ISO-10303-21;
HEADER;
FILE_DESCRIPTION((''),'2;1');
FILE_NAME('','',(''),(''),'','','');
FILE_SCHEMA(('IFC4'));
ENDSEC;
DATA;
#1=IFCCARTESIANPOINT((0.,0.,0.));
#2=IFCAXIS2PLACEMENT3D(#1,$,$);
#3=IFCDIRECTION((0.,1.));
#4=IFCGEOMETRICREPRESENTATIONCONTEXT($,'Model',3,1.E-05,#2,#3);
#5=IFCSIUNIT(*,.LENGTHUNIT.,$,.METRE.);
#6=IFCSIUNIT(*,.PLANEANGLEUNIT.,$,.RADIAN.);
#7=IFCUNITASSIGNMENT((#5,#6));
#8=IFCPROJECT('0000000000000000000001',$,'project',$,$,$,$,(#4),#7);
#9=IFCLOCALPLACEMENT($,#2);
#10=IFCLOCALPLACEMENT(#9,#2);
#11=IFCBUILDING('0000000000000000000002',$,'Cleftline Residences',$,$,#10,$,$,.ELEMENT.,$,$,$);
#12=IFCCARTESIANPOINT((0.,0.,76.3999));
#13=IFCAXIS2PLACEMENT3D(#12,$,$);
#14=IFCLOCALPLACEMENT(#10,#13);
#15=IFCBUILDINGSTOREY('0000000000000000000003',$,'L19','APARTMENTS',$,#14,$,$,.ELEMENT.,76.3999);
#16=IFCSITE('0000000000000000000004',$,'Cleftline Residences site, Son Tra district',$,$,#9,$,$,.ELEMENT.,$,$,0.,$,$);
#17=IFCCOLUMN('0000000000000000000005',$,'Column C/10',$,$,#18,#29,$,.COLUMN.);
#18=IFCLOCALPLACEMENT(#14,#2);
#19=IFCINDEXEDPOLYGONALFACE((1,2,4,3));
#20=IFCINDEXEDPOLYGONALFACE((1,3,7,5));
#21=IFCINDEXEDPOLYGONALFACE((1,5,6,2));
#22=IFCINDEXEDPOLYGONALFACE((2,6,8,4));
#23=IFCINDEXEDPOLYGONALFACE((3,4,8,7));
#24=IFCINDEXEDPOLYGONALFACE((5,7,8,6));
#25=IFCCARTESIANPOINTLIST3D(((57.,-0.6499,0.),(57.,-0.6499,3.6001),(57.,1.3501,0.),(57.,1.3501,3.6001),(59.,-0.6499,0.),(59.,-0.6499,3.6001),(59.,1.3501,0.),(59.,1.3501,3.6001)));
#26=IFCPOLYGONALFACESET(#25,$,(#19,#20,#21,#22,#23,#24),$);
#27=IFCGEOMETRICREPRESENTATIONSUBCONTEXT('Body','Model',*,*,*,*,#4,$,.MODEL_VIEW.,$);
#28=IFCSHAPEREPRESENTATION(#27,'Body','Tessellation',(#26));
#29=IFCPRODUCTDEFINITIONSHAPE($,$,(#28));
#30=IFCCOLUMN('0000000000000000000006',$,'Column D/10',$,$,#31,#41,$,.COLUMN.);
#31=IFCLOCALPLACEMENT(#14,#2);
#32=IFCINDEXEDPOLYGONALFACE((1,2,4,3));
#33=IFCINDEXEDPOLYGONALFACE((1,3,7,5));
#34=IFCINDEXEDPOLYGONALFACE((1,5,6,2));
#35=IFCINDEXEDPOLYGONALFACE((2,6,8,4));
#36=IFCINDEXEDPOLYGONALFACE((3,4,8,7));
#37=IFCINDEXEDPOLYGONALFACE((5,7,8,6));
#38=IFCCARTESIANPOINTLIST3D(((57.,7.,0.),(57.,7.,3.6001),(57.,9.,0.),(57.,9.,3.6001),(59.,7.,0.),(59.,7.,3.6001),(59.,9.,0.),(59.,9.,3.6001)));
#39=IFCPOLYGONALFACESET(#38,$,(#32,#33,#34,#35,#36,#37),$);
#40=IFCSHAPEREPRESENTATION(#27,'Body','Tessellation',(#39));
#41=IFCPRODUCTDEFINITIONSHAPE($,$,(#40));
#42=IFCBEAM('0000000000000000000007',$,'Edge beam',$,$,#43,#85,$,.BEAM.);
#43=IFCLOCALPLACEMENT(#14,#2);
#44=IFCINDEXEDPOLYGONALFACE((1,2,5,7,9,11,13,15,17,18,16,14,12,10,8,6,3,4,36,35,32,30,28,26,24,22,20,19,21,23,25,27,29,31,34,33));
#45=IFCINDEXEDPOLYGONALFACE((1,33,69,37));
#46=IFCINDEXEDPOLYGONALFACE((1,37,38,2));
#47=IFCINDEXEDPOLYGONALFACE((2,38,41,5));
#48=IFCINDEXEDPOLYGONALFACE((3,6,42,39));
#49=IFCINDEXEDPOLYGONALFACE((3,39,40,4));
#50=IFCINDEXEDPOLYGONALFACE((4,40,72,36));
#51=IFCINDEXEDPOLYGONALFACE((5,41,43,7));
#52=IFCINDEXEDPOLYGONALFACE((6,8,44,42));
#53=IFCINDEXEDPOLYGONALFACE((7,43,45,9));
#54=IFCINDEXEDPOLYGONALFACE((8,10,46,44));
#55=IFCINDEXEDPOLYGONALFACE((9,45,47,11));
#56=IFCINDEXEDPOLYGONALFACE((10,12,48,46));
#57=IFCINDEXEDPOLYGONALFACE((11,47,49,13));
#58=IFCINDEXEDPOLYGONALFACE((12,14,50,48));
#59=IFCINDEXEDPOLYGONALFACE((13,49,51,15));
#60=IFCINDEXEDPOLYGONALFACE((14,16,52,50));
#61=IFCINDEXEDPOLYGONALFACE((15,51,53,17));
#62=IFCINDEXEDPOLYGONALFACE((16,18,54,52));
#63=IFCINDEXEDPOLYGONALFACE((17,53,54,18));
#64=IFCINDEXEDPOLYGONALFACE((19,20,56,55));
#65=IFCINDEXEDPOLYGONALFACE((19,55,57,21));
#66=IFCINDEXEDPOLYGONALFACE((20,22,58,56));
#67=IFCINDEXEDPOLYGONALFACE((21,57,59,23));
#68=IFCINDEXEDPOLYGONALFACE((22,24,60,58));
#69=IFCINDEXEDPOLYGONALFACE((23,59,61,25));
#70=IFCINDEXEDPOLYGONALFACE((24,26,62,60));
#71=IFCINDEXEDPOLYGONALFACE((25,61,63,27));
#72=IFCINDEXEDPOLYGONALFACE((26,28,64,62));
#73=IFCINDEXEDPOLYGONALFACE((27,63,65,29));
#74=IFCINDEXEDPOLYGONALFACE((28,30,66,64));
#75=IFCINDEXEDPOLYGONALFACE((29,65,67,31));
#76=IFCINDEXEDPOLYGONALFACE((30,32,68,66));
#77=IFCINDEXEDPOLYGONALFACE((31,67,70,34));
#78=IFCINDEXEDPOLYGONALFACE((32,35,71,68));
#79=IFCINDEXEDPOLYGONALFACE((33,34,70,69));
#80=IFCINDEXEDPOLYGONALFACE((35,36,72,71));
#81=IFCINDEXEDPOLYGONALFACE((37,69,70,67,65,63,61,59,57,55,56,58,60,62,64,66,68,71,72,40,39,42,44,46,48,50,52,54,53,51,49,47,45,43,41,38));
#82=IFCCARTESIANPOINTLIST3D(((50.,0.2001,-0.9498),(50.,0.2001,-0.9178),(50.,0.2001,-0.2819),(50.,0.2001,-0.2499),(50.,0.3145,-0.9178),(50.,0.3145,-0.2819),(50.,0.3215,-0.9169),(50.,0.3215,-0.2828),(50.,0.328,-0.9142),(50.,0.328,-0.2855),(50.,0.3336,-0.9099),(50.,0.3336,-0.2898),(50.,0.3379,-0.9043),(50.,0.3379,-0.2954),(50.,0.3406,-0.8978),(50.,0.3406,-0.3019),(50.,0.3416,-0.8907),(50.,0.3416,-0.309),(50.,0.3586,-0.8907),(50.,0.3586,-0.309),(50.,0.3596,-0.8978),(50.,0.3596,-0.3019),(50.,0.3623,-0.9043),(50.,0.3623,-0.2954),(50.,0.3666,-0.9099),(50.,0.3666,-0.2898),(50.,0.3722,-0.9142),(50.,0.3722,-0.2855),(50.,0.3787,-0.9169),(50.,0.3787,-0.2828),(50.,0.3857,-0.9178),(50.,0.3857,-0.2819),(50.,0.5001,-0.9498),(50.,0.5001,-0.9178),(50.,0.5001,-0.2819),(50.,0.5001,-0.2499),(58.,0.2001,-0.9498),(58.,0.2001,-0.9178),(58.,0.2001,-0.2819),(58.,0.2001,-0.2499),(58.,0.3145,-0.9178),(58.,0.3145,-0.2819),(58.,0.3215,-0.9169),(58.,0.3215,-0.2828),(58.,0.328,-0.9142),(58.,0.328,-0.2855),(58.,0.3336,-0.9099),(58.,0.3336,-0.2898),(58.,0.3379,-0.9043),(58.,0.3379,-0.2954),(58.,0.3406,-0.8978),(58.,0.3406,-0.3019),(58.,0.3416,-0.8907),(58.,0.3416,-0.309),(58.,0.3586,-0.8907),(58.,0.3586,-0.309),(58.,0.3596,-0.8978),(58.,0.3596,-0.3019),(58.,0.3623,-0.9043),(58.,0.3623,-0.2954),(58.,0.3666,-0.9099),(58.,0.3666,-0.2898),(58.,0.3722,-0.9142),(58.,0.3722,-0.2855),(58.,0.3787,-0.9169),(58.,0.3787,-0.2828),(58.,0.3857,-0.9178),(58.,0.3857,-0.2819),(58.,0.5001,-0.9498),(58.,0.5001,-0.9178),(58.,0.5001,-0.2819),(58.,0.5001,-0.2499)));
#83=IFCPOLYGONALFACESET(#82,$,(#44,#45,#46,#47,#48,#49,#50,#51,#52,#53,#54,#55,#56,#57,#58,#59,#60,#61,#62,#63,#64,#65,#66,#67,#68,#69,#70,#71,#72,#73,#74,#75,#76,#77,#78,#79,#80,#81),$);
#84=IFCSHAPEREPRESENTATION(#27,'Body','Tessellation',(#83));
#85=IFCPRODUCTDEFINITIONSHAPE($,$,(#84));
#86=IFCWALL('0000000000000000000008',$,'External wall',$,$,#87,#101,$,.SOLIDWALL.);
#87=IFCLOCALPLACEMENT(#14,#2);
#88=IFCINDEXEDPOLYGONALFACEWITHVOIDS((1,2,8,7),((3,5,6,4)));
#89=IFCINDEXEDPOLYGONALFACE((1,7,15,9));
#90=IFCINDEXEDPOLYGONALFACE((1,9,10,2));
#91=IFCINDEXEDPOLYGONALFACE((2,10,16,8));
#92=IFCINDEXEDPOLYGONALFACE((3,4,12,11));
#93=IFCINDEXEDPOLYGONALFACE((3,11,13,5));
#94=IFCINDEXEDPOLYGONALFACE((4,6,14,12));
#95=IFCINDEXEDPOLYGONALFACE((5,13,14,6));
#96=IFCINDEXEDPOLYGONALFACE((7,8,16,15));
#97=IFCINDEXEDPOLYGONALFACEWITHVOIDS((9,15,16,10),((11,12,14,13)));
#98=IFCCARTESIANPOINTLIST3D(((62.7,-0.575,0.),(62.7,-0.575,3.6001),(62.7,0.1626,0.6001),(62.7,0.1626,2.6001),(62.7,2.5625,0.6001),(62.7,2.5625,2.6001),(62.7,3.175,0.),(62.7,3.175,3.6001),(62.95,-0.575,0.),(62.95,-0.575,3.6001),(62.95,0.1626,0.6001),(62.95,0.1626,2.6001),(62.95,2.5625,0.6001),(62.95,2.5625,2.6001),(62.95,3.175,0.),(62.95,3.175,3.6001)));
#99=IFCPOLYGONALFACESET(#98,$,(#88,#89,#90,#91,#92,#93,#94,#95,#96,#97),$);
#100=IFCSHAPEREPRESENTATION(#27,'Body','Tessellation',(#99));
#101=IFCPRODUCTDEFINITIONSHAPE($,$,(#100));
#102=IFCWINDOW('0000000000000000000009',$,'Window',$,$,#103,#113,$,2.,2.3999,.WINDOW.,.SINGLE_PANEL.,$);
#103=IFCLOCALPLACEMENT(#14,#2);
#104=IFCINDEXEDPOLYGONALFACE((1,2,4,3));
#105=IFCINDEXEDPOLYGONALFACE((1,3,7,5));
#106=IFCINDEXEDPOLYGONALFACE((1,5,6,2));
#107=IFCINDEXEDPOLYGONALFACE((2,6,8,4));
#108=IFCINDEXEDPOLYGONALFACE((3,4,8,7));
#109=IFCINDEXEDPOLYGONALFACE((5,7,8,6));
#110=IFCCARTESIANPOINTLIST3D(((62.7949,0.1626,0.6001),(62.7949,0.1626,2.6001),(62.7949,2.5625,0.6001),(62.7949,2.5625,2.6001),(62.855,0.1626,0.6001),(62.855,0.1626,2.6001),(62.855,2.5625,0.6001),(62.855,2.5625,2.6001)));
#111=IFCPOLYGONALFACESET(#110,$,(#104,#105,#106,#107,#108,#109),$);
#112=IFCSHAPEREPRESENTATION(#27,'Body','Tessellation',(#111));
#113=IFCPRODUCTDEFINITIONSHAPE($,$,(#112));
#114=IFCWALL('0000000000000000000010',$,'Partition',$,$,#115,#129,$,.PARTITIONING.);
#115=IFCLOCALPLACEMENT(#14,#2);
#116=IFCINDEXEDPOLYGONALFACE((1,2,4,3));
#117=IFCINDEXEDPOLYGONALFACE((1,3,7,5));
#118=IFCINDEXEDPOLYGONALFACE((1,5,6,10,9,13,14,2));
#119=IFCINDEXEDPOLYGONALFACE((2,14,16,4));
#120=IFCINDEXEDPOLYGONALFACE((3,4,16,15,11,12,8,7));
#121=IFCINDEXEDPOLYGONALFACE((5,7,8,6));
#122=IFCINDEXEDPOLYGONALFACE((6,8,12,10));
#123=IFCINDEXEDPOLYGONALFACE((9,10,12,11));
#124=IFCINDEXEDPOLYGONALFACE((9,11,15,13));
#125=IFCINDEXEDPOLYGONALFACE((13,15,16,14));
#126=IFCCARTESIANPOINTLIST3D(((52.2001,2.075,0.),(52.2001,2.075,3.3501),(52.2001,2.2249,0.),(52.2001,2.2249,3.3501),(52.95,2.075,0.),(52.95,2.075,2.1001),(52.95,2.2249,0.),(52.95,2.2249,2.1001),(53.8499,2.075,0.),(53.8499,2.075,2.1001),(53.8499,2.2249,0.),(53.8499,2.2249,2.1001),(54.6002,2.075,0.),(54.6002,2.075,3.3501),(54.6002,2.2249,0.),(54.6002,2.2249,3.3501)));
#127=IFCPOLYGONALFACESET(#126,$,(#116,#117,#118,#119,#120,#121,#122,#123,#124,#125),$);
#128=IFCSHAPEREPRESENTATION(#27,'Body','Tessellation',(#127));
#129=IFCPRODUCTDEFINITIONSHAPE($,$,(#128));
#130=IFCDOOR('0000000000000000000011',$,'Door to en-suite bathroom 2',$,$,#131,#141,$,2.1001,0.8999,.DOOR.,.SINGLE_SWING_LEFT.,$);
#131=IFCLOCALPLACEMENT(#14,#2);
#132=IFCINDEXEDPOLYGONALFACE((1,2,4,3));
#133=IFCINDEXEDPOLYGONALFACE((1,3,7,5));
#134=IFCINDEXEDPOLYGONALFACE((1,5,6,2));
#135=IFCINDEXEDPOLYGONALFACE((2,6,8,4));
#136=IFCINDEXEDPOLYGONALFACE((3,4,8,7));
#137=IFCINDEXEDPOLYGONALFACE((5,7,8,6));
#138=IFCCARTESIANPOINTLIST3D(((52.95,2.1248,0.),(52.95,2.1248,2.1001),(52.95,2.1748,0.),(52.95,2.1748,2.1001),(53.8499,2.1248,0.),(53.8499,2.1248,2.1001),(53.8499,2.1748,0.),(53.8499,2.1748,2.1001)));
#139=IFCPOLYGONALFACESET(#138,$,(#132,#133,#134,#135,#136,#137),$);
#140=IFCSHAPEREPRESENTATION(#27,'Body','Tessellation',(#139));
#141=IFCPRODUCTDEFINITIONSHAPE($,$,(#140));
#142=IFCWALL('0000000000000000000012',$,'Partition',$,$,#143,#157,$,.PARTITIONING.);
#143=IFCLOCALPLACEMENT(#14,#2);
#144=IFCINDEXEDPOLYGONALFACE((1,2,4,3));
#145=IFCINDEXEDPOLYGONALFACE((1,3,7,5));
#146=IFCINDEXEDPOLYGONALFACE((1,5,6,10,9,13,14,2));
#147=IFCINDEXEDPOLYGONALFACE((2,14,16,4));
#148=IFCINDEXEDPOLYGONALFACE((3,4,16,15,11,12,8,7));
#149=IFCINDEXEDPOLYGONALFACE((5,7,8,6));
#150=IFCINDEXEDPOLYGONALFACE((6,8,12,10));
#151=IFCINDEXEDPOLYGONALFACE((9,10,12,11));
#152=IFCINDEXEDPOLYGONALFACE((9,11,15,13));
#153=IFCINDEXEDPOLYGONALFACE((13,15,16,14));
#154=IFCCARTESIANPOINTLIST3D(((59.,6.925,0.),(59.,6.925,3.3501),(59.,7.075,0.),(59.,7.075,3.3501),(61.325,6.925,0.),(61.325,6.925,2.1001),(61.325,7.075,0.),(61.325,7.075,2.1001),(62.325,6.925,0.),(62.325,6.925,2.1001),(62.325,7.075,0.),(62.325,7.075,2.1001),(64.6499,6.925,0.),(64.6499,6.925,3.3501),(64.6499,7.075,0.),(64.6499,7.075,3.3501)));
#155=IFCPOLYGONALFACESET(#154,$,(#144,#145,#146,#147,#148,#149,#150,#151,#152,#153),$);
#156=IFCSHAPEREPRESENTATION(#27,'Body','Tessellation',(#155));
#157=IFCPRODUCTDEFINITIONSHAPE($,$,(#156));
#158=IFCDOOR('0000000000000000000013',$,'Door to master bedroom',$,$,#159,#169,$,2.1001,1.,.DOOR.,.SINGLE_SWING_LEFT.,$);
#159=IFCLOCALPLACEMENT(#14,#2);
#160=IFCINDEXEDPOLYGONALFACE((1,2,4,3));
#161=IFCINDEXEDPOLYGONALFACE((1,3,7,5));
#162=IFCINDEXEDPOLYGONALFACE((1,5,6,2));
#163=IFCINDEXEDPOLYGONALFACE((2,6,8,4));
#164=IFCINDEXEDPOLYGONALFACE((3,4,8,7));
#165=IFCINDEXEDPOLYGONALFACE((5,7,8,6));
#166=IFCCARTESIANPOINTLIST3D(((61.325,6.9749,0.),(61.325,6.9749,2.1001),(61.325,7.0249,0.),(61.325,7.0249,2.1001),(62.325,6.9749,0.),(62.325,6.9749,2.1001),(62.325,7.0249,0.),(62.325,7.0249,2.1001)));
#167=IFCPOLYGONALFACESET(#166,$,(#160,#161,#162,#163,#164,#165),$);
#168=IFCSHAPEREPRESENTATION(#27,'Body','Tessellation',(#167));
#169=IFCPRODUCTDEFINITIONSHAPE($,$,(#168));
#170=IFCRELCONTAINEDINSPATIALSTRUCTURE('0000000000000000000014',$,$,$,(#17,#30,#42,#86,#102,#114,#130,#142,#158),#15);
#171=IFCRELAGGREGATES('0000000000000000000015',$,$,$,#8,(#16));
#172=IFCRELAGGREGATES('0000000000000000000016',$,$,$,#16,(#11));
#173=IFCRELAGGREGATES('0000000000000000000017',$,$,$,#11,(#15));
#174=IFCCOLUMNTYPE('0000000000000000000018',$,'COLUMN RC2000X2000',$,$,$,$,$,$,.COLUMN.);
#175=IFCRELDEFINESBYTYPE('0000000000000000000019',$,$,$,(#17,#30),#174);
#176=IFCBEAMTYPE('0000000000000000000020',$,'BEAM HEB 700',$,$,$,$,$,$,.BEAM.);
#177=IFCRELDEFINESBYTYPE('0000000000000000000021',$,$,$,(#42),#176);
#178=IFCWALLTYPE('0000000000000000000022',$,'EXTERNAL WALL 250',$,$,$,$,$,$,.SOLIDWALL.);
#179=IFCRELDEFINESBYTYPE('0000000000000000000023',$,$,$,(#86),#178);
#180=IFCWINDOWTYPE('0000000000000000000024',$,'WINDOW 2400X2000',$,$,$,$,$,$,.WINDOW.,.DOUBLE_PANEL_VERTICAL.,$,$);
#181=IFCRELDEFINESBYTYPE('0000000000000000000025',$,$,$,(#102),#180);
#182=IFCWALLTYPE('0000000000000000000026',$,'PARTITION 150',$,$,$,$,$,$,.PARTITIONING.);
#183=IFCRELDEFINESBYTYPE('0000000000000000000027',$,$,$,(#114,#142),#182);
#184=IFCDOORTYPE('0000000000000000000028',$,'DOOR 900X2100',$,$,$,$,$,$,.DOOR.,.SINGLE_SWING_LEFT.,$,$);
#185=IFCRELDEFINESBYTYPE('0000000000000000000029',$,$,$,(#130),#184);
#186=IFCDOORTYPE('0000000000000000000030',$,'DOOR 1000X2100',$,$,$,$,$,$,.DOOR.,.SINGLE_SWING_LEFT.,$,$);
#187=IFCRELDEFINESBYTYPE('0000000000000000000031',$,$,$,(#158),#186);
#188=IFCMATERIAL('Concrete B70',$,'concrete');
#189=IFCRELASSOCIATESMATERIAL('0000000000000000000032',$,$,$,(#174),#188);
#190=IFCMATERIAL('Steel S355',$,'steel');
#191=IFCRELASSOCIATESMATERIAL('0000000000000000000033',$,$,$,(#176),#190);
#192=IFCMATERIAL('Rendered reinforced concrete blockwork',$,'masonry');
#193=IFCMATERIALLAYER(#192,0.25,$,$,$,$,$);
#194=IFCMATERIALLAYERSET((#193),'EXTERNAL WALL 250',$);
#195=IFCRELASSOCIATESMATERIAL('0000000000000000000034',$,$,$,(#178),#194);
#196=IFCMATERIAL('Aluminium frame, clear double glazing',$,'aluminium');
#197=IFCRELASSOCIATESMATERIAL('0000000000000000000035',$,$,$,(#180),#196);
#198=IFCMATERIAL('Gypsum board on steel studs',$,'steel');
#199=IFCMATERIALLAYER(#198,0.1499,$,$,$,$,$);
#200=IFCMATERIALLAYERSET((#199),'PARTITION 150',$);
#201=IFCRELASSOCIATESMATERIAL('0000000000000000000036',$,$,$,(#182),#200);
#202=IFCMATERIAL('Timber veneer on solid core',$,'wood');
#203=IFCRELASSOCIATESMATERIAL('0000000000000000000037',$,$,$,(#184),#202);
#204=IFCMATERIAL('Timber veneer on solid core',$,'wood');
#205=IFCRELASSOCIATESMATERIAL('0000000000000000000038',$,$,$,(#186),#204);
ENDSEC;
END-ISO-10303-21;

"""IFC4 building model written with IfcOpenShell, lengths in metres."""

from ifc_helpers import new_model, si_unit, direction, frame, frame_2d, origin, origin_2d, place, context, subcontext, project, spatial, rectangle, i_section, extrude, material, layer, layer_set, material_profile, profile_set, type_object, element, fill, save


model = new_model("IFC4")

# Units and contexts
model_context = context("Model", 3, precision=1e-05, world=origin(), true_north=direction((0.0, 1.0)))
body_context = subcontext(model_context, "Body", "Model", "MODEL_VIEW")
ifc_project = project(units=[si_unit("LENGTHUNIT", "METRE"), si_unit("PLANEANGLEUNIT", "RADIAN")], contexts=[model_context])

# Site, building, storey
site_placement = place(None, origin())
site = spatial("IfcSite", under=ifc_project, at=site_placement, Name="Cleftline Residences site, Son Tra district", CompositionType="ELEMENT", RefElevation=0.0)
building_placement = place(site_placement, origin())
building = spatial("IfcBuilding", under=site, at=building_placement, Name="Cleftline Residences", CompositionType="ELEMENT")
storey_placement = place(building_placement, frame((0.0, 0.0, 76.3999)))
storey = spatial("IfcBuildingStorey", under=building, at=storey_placement, Name="L19", Description="APARTMENTS", CompositionType="ELEMENT", Elevation=76.3999)

# Columns
ifc_material_1 = material(Name="Concrete B70", Category="concrete")
ifc_material_profile_1 = material_profile(ifc_material_1, rectangle(XDim=2.0, YDim=2.0, at=origin_2d()))
ifc_profile_set_1 = profile_set([ifc_material_profile_1], Name="Concrete B70")
column_type = type_object("IfcColumnType", Name="COLUMN RC2000X2000", PredefinedType="COLUMN", material=ifc_profile_set_1)
for number, where, z_axis, x_axis, name in (
    (1, (58.0, 0.3501, 0.0), (0.0, 0.0, 1.0), (1.0, 0.0, 0.0), "Column C/10"),
    (2, (58.0, 8.0, 0.0), (0.0, 0.0, 1.0), (1.0, 0.0, 0.0), "Column D/10"),
):
    element("IfcColumn", number, at=place(storey_placement, frame(where, z_axis=z_axis, x_axis=x_axis)), inside=storey, type_object=column_type, Name=name, PredefinedType="COLUMN", context=body_context, shape_type="SweptSolid", body=[
        extrude(rectangle(XDim=2.0, YDim=2.0, at=origin_2d()), origin(), (0.0, 0.0, 1.0), 3.6001),
    ])

# Beam
ifc_material_2 = material(Name="Steel S355", Category="steel")
ifc_material_profile_2 = material_profile(ifc_material_2, i_section(OverallWidth=0.3, OverallDepth=0.7, WebThickness=0.0171, FlangeThickness=0.032, FilletRadius=0.0271, at=origin_2d()))
ifc_profile_set_2 = profile_set([ifc_material_profile_2], Name="Steel S355")
beam_type = type_object("IfcBeamType", Name="BEAM HEB 700", PredefinedType="BEAM", material=ifc_profile_set_2)
beam_placement = place(storey_placement, frame((58.0, 0.3501, -0.5999), z_axis=(-1.0, 0.0, 0.0), x_axis=(0.0, -1.0, 0.0)))
element("IfcBeam", 3, at=beam_placement, inside=storey, type_object=beam_type, Name="Edge beam", PredefinedType="BEAM", context=body_context, shape_type="SweptSolid", body=[
    extrude(i_section(OverallWidth=0.3, OverallDepth=0.7, WebThickness=0.0171, FlangeThickness=0.032, FilletRadius=0.0271, at=origin_2d()), origin(), (0.0, 0.0, 1.0), 8.0),
])

# Wall, opening, window
ifc_material_3 = material(Name="Rendered reinforced concrete blockwork", Category="masonry")
ifc_layer_1 = layer(ifc_material_3, 0.25)
ifc_layer_set_1 = layer_set([ifc_layer_1], Name="EXTERNAL WALL 250")
wall_type_1 = type_object("IfcWallType", Name="EXTERNAL WALL 250", PredefinedType="SOLIDWALL", material=ifc_layer_set_1)
wall_1_placement = place(storey_placement, frame((62.825, -0.575, 0.0), z_axis=(0.0, 0.0, 1.0), x_axis=(0.0, 1.0, 0.0)))
wall_1 = element("IfcWall", 4, at=wall_1_placement, inside=storey, type_object=wall_type_1, Name="External wall", PredefinedType="SOLIDWALL", context=body_context, shape_type="SweptSolid", body=[
    extrude(rectangle(XDim=3.75, YDim=0.25, at=frame_2d((1.875, 0.0))), origin(), (0.0, 0.0, 1.0), 3.6001),
])
opening_1_placement = place(wall_1_placement, frame((0.7375, 0.0, 0.6001)))
opening_1 = element("IfcOpeningElement", 5, at=opening_1_placement, cuts=wall_1, PredefinedType="OPENING", context=body_context, shape_type="SweptSolid", body=[
    extrude(rectangle(XDim=2.3999, YDim=2.0, at=frame_2d((1.2, 1.0))), frame((0.0, 0.135, 0.0), z_axis=(0.0, -1.0, 0.0), x_axis=(1.0, 0.0, 0.0)), (0.0, 0.0, 1.0), 0.27),
])
ifc_material_4 = material(Name="Aluminium frame, clear double glazing", Category="aluminium")
window_type = type_object("IfcWindowType", Name="WINDOW 2400X2000", PartitioningType="DOUBLE_PANEL_VERTICAL", PredefinedType="WINDOW", material=ifc_material_4)
window_placement = place(opening_1_placement, origin())
window = element("IfcWindow", 6, at=window_placement, inside=storey, type_object=window_type, Name="Window", OverallHeight=2.0, OverallWidth=2.3999, PartitioningType="SINGLE_PANEL", PredefinedType="WINDOW", context=body_context, shape_type="SweptSolid", body=[
    extrude(rectangle(XDim=2.3999, YDim=2.0, at=frame_2d((1.2, 1.0))), frame((0.0, 0.03, 0.0), z_axis=(0.0, -1.0, 0.0), x_axis=(1.0, 0.0, 0.0)), (0.0, 0.0, 1.0), 0.0601),
])
fill(opening_1, window)

# Walls, openings, doors
ifc_material_5 = material(Name="Gypsum board on steel studs", Category="steel")
ifc_layer_2 = layer(ifc_material_5, 0.1499)
ifc_layer_set_2 = layer_set([ifc_layer_2], Name="PARTITION 150")
wall_type_2 = type_object("IfcWallType", Name="PARTITION 150", PredefinedType="PARTITIONING", material=ifc_layer_set_2)
wall_2_placement = place(storey_placement, frame((52.2, 2.1499, 0.0), z_axis=(0.0, 0.0, 1.0), x_axis=(1.0, 0.0, 0.0)))
wall_2 = element("IfcWall", 7, at=wall_2_placement, inside=storey, type_object=wall_type_2, Name="Partition", PredefinedType="PARTITIONING", context=body_context, shape_type="SweptSolid", body=[
    extrude(rectangle(XDim=2.4001, YDim=0.1499, at=frame_2d((1.2002, 0.0))), origin(), (0.0, 0.0, 1.0), 3.3501),
])
opening_2_placement = place(wall_2_placement, frame((0.75, 0.0, 0.0)))
opening_2 = element("IfcOpeningElement", 8, at=opening_2_placement, cuts=wall_2, PredefinedType="OPENING", context=body_context, shape_type="SweptSolid", body=[
    extrude(rectangle(XDim=0.8999, YDim=2.1001, at=frame_2d((0.45, 1.05))), frame((0.0, 0.085, 0.0), z_axis=(0.0, -1.0, 0.0), x_axis=(1.0, 0.0, 0.0)), (0.0, 0.0, 1.0), 0.1699),
])
ifc_material_6 = material(Name="Timber veneer on solid core", Category="wood")
door_type_1 = type_object("IfcDoorType", Name="DOOR 900X2100", OperationType="SINGLE_SWING_LEFT", PredefinedType="DOOR", material=ifc_material_6)
door_1_placement = place(opening_2_placement, origin())
door_1 = element("IfcDoor", 9, at=door_1_placement, inside=storey, type_object=door_type_1, Name="Door to en-suite bathroom 2", OperationType="SINGLE_SWING_LEFT", OverallHeight=2.1001, OverallWidth=0.8999, PredefinedType="DOOR", context=body_context, shape_type="SweptSolid", body=[
    extrude(rectangle(XDim=0.8999, YDim=2.1001, at=frame_2d((0.45, 1.05))), frame((0.0, 0.0249, 0.0), z_axis=(0.0, -1.0, 0.0), x_axis=(1.0, 0.0, 0.0)), (0.0, 0.0, 1.0), 0.05),
])
fill(opening_2, door_1)
wall_3_placement = place(storey_placement, frame((59.0, 7.0, 0.0), z_axis=(0.0, 0.0, 1.0), x_axis=(1.0, 0.0, 0.0)))
wall_3 = element("IfcWall", 10, at=wall_3_placement, inside=storey, type_object=wall_type_2, Name="Partition", PredefinedType="PARTITIONING", context=body_context, shape_type="SweptSolid", body=[
    extrude(rectangle(XDim=5.6499, YDim=0.1499, at=frame_2d((2.825, 0.0))), origin(), (0.0, 0.0, 1.0), 3.3501),
])
opening_3_placement = place(wall_3_placement, frame((2.325, 0.0, 0.0)))
opening_3 = element("IfcOpeningElement", 11, at=opening_3_placement, cuts=wall_3, PredefinedType="OPENING", context=body_context, shape_type="SweptSolid", body=[
    extrude(rectangle(XDim=1.0, YDim=2.1001, at=frame_2d((0.5, 1.05))), frame((0.0, 0.085, 0.0), z_axis=(0.0, -1.0, 0.0), x_axis=(1.0, 0.0, 0.0)), (0.0, 0.0, 1.0), 0.1699),
])
ifc_material_7 = material(Name="Timber veneer on solid core", Category="wood")
door_type_2 = type_object("IfcDoorType", Name="DOOR 1000X2100", OperationType="SINGLE_SWING_LEFT", PredefinedType="DOOR", material=ifc_material_7)
door_2_placement = place(opening_3_placement, origin())
door_2 = element("IfcDoor", 12, at=door_2_placement, inside=storey, type_object=door_type_2, Name="Door to master bedroom", OperationType="SINGLE_SWING_LEFT", OverallHeight=2.1001, OverallWidth=1.0, PredefinedType="DOOR", context=body_context, shape_type="SweptSolid", body=[
    extrude(rectangle(XDim=1.0, YDim=2.1001, at=frame_2d((0.5, 1.05))), frame((0.0, 0.0249, 0.0), z_axis=(0.0, -1.0, 0.0), x_axis=(1.0, 0.0, 0.0)), (0.0, 0.0, 1.0), 0.05),
])
fill(opening_3, door_2)

save(model, "model.ifc")
